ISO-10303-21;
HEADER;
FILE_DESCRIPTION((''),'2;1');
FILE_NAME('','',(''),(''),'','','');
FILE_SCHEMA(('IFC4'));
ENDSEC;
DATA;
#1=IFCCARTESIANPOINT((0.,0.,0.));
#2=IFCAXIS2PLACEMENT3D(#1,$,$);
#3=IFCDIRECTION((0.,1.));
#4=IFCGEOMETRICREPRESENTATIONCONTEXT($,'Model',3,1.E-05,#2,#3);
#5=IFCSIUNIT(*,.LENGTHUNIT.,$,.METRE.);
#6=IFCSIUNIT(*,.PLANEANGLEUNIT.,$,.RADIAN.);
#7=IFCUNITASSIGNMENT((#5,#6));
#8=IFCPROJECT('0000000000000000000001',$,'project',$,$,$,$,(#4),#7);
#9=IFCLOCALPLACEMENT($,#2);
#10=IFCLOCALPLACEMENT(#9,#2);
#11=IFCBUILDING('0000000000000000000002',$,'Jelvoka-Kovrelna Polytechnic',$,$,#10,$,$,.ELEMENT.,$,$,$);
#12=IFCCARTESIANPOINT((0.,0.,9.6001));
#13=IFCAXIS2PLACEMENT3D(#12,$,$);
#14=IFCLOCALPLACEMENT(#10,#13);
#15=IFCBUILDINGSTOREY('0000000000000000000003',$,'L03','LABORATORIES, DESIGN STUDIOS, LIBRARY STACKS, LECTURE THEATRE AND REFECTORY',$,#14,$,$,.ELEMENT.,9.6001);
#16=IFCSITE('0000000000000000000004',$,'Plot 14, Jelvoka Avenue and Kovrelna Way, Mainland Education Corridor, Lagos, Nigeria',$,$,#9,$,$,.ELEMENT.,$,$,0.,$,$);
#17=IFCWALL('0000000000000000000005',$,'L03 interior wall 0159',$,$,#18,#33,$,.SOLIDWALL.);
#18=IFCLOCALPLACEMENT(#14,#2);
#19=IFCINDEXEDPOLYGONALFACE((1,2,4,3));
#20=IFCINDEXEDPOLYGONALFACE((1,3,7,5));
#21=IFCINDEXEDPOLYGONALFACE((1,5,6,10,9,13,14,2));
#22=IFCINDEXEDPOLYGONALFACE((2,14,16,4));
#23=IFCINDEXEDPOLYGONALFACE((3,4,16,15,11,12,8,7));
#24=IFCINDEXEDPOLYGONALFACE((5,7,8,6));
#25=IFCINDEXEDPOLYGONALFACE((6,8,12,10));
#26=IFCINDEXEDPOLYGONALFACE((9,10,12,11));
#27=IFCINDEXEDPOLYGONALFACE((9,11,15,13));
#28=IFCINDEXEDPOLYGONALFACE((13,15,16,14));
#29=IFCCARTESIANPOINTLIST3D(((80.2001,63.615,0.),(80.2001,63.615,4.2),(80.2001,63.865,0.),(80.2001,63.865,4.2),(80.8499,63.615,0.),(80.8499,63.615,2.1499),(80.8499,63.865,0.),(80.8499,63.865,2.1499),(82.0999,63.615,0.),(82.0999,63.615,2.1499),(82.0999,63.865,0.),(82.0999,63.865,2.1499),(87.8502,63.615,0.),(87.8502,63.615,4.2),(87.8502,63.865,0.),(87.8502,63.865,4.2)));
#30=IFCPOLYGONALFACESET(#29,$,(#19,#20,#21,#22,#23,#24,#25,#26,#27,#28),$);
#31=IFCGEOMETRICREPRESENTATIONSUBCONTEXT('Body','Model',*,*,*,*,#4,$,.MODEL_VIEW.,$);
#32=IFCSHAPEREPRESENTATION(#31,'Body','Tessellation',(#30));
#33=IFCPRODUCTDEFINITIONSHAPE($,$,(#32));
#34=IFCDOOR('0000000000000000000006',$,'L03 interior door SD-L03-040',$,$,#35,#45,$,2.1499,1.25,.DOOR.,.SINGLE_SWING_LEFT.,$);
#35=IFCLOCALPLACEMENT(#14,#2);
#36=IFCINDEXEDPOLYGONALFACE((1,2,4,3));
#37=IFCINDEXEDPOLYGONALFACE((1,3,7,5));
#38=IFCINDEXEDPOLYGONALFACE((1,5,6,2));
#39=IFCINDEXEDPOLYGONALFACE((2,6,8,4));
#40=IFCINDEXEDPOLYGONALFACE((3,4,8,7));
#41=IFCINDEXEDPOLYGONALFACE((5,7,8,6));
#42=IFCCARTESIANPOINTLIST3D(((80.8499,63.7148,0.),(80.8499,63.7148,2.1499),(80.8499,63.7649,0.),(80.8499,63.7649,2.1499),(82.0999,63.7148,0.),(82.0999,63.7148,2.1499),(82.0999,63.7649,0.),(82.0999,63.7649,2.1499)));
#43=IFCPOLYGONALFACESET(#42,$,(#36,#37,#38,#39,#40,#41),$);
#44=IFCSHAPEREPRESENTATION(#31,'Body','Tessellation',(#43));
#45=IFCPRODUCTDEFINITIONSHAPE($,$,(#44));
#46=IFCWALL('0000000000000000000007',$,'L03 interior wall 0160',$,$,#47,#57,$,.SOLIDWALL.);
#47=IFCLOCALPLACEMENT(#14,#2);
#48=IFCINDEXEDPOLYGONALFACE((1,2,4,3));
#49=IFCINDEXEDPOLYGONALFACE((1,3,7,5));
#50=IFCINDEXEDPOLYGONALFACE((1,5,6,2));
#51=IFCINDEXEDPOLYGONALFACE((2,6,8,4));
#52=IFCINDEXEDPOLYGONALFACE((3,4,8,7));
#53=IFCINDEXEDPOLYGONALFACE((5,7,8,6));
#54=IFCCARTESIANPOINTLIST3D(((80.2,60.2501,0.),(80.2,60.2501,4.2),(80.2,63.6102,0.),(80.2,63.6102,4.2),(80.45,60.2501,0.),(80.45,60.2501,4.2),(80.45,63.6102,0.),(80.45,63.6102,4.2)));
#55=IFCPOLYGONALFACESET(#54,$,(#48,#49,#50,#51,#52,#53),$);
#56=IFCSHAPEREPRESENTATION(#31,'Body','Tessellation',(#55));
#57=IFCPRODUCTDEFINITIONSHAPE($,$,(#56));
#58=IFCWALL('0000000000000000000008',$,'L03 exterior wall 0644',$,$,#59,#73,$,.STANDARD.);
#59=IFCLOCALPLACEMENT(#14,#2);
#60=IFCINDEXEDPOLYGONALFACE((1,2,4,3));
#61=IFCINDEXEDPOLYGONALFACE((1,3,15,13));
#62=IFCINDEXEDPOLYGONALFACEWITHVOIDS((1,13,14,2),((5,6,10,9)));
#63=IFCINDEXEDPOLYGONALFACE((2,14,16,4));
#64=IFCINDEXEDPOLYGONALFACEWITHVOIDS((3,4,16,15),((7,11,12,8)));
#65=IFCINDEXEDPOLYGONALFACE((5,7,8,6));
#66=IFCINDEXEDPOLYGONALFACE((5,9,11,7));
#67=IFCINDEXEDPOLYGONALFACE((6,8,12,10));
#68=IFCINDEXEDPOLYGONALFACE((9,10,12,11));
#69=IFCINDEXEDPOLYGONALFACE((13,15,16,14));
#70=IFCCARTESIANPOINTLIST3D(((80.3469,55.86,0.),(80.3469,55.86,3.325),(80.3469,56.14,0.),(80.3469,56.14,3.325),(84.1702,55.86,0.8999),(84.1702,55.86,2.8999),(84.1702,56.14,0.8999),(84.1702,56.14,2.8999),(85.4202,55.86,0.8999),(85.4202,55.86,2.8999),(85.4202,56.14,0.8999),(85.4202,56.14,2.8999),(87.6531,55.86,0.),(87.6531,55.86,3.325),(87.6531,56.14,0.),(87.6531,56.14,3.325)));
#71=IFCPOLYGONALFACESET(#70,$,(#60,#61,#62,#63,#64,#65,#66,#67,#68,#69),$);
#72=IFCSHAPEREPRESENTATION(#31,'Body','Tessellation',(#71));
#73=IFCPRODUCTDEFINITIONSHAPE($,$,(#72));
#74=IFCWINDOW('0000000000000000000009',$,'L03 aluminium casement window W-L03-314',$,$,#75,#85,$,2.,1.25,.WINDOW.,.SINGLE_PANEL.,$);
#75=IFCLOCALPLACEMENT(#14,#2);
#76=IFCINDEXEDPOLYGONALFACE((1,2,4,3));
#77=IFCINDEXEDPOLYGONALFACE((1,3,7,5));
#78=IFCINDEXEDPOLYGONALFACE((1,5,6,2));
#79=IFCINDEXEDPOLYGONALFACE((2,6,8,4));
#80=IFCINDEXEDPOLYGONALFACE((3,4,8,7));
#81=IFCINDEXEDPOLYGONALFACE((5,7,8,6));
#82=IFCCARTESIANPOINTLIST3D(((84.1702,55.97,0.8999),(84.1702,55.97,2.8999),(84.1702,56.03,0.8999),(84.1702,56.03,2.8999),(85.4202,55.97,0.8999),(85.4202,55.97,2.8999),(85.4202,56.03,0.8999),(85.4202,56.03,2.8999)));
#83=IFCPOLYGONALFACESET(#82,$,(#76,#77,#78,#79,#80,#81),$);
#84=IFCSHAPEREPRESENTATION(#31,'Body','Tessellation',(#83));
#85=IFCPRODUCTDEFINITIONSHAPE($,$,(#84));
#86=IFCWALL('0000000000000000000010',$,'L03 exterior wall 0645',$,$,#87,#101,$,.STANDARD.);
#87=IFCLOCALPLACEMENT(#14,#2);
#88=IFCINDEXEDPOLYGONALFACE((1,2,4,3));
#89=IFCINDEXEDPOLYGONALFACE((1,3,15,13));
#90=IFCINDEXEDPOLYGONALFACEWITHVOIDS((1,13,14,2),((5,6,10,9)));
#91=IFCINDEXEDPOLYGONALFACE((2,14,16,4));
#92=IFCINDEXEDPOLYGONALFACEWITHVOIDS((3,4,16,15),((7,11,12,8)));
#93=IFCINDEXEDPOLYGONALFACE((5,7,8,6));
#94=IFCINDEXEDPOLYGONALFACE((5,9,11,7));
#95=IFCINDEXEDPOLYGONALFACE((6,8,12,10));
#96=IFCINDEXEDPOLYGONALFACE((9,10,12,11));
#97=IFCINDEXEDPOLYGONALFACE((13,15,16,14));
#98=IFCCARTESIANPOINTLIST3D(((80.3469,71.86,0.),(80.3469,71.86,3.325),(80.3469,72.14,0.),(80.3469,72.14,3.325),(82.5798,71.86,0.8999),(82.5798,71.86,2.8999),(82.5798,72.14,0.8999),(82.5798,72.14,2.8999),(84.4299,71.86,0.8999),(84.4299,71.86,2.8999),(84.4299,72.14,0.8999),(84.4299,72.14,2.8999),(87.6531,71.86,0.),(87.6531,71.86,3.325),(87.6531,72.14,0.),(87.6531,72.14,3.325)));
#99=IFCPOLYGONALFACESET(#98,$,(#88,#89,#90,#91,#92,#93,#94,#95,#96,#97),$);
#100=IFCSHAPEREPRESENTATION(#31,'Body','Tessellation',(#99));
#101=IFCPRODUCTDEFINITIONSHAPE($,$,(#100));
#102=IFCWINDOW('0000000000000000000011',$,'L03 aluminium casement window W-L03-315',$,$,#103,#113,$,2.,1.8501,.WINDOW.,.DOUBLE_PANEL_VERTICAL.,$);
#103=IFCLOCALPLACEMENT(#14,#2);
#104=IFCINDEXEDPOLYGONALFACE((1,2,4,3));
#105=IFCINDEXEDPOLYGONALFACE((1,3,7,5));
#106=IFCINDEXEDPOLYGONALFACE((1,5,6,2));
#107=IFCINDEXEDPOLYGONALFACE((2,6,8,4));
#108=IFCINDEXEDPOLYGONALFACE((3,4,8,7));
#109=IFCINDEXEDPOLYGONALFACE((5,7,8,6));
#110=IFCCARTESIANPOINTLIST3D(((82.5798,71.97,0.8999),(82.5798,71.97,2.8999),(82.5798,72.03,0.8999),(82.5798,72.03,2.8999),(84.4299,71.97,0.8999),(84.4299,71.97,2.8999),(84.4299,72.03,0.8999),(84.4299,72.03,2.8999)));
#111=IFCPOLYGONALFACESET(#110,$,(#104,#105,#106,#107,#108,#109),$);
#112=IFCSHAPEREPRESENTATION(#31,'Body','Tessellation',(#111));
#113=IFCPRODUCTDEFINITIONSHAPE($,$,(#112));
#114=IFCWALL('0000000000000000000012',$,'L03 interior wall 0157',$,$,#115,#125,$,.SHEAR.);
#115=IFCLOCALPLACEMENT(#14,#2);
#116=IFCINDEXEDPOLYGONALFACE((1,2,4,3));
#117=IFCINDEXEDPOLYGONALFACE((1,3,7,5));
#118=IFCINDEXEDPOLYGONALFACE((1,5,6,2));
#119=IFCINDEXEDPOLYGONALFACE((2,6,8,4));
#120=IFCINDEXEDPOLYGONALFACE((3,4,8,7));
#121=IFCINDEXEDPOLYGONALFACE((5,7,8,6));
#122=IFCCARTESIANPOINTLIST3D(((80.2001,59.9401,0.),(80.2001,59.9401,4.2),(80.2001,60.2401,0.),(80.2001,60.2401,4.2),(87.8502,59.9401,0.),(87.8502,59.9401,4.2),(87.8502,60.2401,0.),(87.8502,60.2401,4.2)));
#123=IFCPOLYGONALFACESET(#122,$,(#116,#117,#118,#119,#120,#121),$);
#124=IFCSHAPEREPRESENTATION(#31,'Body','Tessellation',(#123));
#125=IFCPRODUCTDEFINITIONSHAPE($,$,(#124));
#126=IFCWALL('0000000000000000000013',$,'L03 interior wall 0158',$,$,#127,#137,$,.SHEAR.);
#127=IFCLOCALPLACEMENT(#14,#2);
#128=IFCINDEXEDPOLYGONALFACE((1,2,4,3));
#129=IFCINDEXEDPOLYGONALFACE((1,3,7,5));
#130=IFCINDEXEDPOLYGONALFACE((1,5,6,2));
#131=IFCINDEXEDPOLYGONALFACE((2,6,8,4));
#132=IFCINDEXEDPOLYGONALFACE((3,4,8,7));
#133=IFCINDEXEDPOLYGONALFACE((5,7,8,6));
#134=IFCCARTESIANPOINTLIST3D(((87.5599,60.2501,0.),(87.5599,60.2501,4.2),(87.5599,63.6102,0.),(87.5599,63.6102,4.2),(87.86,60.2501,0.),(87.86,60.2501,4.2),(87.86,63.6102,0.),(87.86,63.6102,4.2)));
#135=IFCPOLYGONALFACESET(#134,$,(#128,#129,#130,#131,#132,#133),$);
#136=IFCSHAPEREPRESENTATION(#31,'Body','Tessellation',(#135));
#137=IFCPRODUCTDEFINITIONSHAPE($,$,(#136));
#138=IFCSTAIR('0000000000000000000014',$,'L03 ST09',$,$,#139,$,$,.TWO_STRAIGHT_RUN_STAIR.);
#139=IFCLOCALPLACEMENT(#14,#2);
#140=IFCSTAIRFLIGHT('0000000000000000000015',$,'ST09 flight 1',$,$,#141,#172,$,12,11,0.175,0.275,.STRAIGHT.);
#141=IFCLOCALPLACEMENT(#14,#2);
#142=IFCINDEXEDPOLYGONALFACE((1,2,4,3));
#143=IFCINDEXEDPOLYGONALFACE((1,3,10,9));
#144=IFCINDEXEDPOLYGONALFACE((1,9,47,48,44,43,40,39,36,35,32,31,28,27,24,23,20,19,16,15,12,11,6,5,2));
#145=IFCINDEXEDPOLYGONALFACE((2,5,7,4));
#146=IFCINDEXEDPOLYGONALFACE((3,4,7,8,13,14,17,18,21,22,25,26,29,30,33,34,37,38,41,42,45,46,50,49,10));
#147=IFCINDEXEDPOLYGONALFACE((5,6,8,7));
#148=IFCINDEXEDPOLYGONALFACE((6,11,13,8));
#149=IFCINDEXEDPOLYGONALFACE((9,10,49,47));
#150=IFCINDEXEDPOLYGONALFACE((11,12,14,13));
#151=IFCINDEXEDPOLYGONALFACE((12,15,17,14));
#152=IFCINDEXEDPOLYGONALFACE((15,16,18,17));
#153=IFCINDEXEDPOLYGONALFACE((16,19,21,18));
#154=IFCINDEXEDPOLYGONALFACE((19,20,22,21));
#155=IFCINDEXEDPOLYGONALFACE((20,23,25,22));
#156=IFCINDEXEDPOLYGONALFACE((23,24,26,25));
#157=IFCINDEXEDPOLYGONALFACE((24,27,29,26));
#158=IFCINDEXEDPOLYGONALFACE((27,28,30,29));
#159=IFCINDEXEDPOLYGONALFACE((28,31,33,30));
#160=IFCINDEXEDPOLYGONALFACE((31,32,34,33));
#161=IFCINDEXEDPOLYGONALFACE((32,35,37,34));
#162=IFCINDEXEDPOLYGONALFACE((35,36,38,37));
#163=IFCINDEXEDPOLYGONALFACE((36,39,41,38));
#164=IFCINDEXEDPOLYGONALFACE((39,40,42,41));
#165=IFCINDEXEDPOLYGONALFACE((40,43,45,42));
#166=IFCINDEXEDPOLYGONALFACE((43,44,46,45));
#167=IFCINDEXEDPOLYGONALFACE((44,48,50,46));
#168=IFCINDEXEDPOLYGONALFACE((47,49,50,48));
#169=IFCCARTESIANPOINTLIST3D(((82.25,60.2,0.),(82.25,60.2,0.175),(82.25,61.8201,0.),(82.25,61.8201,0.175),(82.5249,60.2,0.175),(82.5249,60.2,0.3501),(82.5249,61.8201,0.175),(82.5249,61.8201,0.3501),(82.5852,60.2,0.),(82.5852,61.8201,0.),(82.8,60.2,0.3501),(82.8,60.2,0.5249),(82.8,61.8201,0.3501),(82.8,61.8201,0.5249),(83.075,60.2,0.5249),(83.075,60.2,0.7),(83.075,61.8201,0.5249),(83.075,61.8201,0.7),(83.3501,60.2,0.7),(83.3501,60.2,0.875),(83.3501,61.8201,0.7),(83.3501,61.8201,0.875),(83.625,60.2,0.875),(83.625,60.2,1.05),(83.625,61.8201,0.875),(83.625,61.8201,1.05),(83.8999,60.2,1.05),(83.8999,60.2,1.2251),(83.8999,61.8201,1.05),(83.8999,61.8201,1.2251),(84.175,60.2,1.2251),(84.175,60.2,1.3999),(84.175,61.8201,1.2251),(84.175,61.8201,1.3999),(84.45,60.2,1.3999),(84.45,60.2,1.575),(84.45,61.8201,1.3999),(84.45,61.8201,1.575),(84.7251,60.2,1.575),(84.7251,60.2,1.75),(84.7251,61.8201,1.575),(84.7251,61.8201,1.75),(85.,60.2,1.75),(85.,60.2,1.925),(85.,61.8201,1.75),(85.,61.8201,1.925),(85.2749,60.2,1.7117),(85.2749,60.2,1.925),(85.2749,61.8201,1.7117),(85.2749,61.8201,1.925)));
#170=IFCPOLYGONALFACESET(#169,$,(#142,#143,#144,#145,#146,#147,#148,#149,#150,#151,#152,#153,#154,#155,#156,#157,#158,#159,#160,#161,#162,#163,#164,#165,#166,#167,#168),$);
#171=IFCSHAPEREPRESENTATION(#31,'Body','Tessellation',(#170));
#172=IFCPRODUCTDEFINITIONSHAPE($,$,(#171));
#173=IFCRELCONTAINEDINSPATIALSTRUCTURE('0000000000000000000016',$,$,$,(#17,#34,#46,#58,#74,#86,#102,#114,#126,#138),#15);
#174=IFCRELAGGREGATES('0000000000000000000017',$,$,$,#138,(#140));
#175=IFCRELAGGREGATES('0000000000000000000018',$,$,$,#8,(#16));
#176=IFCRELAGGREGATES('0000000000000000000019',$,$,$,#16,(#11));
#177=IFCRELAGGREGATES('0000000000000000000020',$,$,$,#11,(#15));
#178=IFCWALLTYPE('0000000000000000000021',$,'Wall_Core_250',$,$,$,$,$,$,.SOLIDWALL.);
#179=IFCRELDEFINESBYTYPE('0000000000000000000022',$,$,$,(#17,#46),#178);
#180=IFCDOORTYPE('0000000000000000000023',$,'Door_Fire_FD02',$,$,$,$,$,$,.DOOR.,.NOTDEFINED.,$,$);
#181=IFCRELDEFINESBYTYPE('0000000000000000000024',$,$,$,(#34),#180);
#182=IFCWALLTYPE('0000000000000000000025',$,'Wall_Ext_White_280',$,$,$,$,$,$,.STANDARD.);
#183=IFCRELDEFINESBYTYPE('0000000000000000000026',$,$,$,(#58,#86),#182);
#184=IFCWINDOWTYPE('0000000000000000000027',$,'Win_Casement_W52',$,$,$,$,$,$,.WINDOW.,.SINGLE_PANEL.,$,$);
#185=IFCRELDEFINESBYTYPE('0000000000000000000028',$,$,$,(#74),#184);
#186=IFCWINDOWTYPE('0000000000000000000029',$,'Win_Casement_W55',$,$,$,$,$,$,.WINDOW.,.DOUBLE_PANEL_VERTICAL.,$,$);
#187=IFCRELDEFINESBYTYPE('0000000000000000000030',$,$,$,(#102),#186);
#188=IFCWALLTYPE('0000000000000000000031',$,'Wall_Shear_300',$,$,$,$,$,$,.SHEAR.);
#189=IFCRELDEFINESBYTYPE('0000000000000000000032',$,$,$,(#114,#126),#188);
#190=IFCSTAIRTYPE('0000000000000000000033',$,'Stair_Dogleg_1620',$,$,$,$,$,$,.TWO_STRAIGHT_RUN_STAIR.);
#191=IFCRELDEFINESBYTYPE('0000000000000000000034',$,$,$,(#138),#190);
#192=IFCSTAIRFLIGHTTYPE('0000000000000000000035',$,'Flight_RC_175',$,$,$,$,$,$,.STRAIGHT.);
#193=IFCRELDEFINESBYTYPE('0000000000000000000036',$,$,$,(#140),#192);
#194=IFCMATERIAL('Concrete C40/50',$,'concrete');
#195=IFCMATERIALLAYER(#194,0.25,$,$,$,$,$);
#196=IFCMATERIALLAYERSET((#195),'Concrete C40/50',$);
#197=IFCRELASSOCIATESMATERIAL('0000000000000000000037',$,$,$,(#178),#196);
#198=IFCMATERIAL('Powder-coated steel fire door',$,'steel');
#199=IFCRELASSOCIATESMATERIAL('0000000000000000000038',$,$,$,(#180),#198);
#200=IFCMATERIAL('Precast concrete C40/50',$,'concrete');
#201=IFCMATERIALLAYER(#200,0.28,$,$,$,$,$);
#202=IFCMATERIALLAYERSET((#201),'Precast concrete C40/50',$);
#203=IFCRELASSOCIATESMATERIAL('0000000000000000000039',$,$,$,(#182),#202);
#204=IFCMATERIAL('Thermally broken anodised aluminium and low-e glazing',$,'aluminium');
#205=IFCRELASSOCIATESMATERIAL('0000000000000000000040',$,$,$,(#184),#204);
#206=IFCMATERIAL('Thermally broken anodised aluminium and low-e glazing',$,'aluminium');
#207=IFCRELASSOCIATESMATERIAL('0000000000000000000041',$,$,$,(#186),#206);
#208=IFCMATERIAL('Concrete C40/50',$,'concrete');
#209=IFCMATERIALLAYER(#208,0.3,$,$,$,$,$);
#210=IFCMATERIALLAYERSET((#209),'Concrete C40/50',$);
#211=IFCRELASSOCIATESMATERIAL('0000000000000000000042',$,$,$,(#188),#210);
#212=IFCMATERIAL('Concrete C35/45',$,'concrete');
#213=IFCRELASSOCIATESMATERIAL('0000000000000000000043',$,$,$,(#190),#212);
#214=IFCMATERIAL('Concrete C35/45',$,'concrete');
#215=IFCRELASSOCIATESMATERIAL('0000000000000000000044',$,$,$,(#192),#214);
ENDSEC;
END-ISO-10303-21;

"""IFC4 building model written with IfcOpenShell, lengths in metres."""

from ifc_helpers import new_model, si_unit, direction, frame, frame_2d, origin, place, context, subcontext, project, spatial, polyline, rectangle, outline, extrude, material, layer, layer_set, type_object, element, fill, aggregate, save


model = new_model("IFC4")

# Units and contexts
model_context = context("Model", 3, precision=1e-05, world=origin(), true_north=direction((0.0, 1.0)))
body_context = subcontext(model_context, "Body", "Model", "MODEL_VIEW")
ifc_project = project(units=[si_unit("LENGTHUNIT", "METRE"), si_unit("PLANEANGLEUNIT", "RADIAN")], contexts=[model_context])

# Site, building, storey
site_placement = place(None, origin())
site = spatial("IfcSite", under=ifc_project, at=site_placement, Name="Plot 14, Jelvoka Avenue and Kovrelna Way, Mainland Education Corridor, Lagos, Nigeria", CompositionType="ELEMENT", RefElevation=0.0)
building_placement = place(site_placement, origin())
building = spatial("IfcBuilding", under=site, at=building_placement, Name="Jelvoka-Kovrelna Polytechnic", CompositionType="ELEMENT")
storey_placement = place(building_placement, frame((0.0, 0.0, 9.6001)))
storey = spatial("IfcBuildingStorey", under=building, at=storey_placement, Name="L03", Description="LABORATORIES, DESIGN STUDIOS, LIBRARY STACKS, LECTURE THEATRE AND REFECTORY", CompositionType="ELEMENT", Elevation=9.6001)

# Wall, opening, door
ifc_material_1 = material(Name="Concrete C40/50", Category="concrete")
ifc_layer_1 = layer(ifc_material_1, 0.25)
ifc_layer_set_1 = layer_set([ifc_layer_1], Name="Concrete C40/50")
wall_type_1 = type_object("IfcWallType", Name="Wall_Core_250", PredefinedType="SOLIDWALL", material=ifc_layer_set_1)
wall_1_placement = place(storey_placement, frame((80.2, 63.74, 0.0), z_axis=(0.0, 0.0, 1.0), x_axis=(1.0, 0.0, 0.0)))
wall_1 = element("IfcWall", 1, at=wall_1_placement, inside=storey, type_object=wall_type_1, Name="L03 interior wall 0159", PredefinedType="SOLIDWALL", context=body_context, shape_type="SweptSolid", body=[
    extrude(rectangle(XDim=7.6501, YDim=0.25, at=frame_2d((3.8252, 0.0))), origin(), (0.0, 0.0, 1.0), 4.2),
])
opening_1_placement = place(wall_1_placement, frame((0.6499, 0.0, 0.0)))
opening_1 = element("IfcOpeningElement", 2, at=opening_1_placement, cuts=wall_1, PredefinedType="OPENING", context=body_context, shape_type="SweptSolid", body=[
    extrude(rectangle(XDim=1.25, YDim=2.1499, at=frame_2d((0.625, 1.075))), frame((0.0, 0.135, 0.0), z_axis=(0.0, -1.0, 0.0), x_axis=(1.0, 0.0, 0.0)), (0.0, 0.0, 1.0), 0.27),
])
ifc_material_2 = material(Name="Powder-coated steel fire door", Category="steel")
door_type = type_object("IfcDoorType", Name="Door_Fire_FD02", OperationType="NOTDEFINED", PredefinedType="DOOR", material=ifc_material_2)
door_placement = place(opening_1_placement, origin())
door = element("IfcDoor", 3, at=door_placement, inside=storey, type_object=door_type, Name="L03 interior door SD-L03-040", OperationType="SINGLE_SWING_LEFT", OverallHeight=2.1499, OverallWidth=1.25, PredefinedType="DOOR", context=body_context, shape_type="SweptSolid", body=[
    extrude(rectangle(XDim=1.25, YDim=2.1499, at=frame_2d((0.625, 1.075))), frame((0.0, 0.0249, 0.0), z_axis=(0.0, -1.0, 0.0), x_axis=(1.0, 0.0, 0.0)), (0.0, 0.0, 1.0), 0.05),
])
fill(opening_1, door)

# Wall
wall_2_placement = place(storey_placement, frame((80.325, 60.25, 0.0), z_axis=(0.0, 0.0, 1.0), x_axis=(0.0, 1.0, 0.0)))
element("IfcWall", 4, at=wall_2_placement, inside=storey, type_object=wall_type_1, Name="L03 interior wall 0160", PredefinedType="SOLIDWALL", context=body_context, shape_type="SweptSolid", body=[
    extrude(rectangle(XDim=3.3601, YDim=0.25, at=frame_2d((1.6802, 0.0))), origin(), (0.0, 0.0, 1.0), 4.2),
])

# Walls, openings, windows
ifc_material_3 = material(Name="Precast concrete C40/50", Category="concrete")
ifc_layer_2 = layer(ifc_material_3, 0.28)
ifc_layer_set_2 = layer_set([ifc_layer_2], Name="Precast concrete C40/50")
wall_type_2 = type_object("IfcWallType", Name="Wall_Ext_White_280", PredefinedType="STANDARD", material=ifc_layer_set_2)
wall_3_placement = place(storey_placement, frame((87.6531, 56.0, 0.0), z_axis=(0.0, 0.0, 1.0), x_axis=(-1.0, 0.0, 0.0)))
wall_3 = element("IfcWall", 5, at=wall_3_placement, inside=storey, type_object=wall_type_2, Name="L03 exterior wall 0644", PredefinedType="STANDARD", context=body_context, shape_type="SweptSolid", body=[
    extrude(rectangle(XDim=7.3062, YDim=0.28, at=frame_2d((3.6531, 0.0))), origin(), (0.0, 0.0, 1.0), 3.325),
])
opening_2_placement = place(wall_3_placement, frame((2.2329, 0.0, 0.8999)))
opening_2 = element("IfcOpeningElement", 6, at=opening_2_placement, cuts=wall_3, PredefinedType="OPENING", context=body_context, shape_type="SweptSolid", body=[
    extrude(rectangle(XDim=1.25, YDim=2.0, at=frame_2d((0.625, 1.0))), frame((0.0, 0.1501, 0.0), z_axis=(0.0, -1.0, 0.0), x_axis=(1.0, 0.0, 0.0)), (0.0, 0.0, 1.0), 0.3),
])
ifc_material_4 = material(Name="Thermally broken anodised aluminium and low-e glazing", Category="aluminium")
window_type_1 = type_object("IfcWindowType", Name="Win_Casement_W52", PartitioningType="SINGLE_PANEL", PredefinedType="WINDOW", material=ifc_material_4)
window_1_placement = place(opening_2_placement, origin())
window_1 = element("IfcWindow", 7, at=window_1_placement, inside=storey, type_object=window_type_1, Name="L03 aluminium casement window W-L03-314", OverallHeight=2.0, OverallWidth=1.25, PartitioningType="SINGLE_PANEL", PredefinedType="WINDOW", context=body_context, shape_type="SweptSolid", body=[
    extrude(rectangle(XDim=1.25, YDim=2.0, at=frame_2d((0.625, 1.0))), frame((0.0, 0.03, 0.0), z_axis=(0.0, -1.0, 0.0), x_axis=(1.0, 0.0, 0.0)), (0.0, 0.0, 1.0), 0.0601),
])
fill(opening_2, window_1)
wall_4_placement = place(storey_placement, frame((80.3469, 72.0, 0.0), z_axis=(0.0, 0.0, 1.0), x_axis=(1.0, 0.0, 0.0)))
wall_4 = element("IfcWall", 8, at=wall_4_placement, inside=storey, type_object=wall_type_2, Name="L03 exterior wall 0645", PredefinedType="STANDARD", context=body_context, shape_type="SweptSolid", body=[
    extrude(rectangle(XDim=7.3062, YDim=0.28, at=frame_2d((3.6531, 0.0))), origin(), (0.0, 0.0, 1.0), 3.325),
])
opening_3_placement = place(wall_4_placement, frame((2.2329, 0.0, 0.8999)))
opening_3 = element("IfcOpeningElement", 9, at=opening_3_placement, cuts=wall_4, PredefinedType="OPENING", context=body_context, shape_type="SweptSolid", body=[
    extrude(rectangle(XDim=1.8501, YDim=2.0, at=frame_2d((0.925, 1.0))), frame((0.0, 0.1501, 0.0), z_axis=(0.0, -1.0, 0.0), x_axis=(1.0, 0.0, 0.0)), (0.0, 0.0, 1.0), 0.3),
])
ifc_material_5 = material(Name="Thermally broken anodised aluminium and low-e glazing", Category="aluminium")
window_type_2 = type_object("IfcWindowType", Name="Win_Casement_W55", PartitioningType="DOUBLE_PANEL_VERTICAL", PredefinedType="WINDOW", material=ifc_material_5)
window_2_placement = place(opening_3_placement, origin())
window_2 = element("IfcWindow", 10, at=window_2_placement, inside=storey, type_object=window_type_2, Name="L03 aluminium casement window W-L03-315", OverallHeight=2.0, OverallWidth=1.8501, PartitioningType="DOUBLE_PANEL_VERTICAL", PredefinedType="WINDOW", context=body_context, shape_type="SweptSolid", body=[
    extrude(rectangle(XDim=1.8501, YDim=2.0, at=frame_2d((0.925, 1.0))), frame((0.0, 0.03, 0.0), z_axis=(0.0, -1.0, 0.0), x_axis=(1.0, 0.0, 0.0)), (0.0, 0.0, 1.0), 0.0601),
])
fill(opening_3, window_2)

# Walls
ifc_material_6 = material(Name="Concrete C40/50", Category="concrete")
ifc_layer_3 = layer(ifc_material_6, 0.3)
ifc_layer_set_3 = layer_set([ifc_layer_3], Name="Concrete C40/50")
wall_type_3 = type_object("IfcWallType", Name="Wall_Shear_300", PredefinedType="SHEAR", material=ifc_layer_set_3)
wall_5_placement = place(storey_placement, frame((80.2, 60.0901, 0.0), z_axis=(0.0, 0.0, 1.0), x_axis=(1.0, 0.0, 0.0)))
element("IfcWall", 11, at=wall_5_placement, inside=storey, type_object=wall_type_3, Name="L03 interior wall 0157", PredefinedType="SHEAR", context=body_context, shape_type="SweptSolid", body=[
    extrude(rectangle(XDim=7.6501, YDim=0.3, at=frame_2d((3.8252, 0.0))), origin(), (0.0, 0.0, 1.0), 4.2),
])
wall_6_placement = place(storey_placement, frame((87.71, 60.25, 0.0), z_axis=(0.0, 0.0, 1.0), x_axis=(0.0, 1.0, 0.0)))
element("IfcWall", 12, at=wall_6_placement, inside=storey, type_object=wall_type_3, Name="L03 interior wall 0158", PredefinedType="SHEAR", context=body_context, shape_type="SweptSolid", body=[
    extrude(rectangle(XDim=3.3601, YDim=0.3, at=frame_2d((1.6802, 0.0))), origin(), (0.0, 0.0, 1.0), 4.2),
])

# Stair, stair flight
ifc_material_7 = material(Name="Concrete C35/45", Category="concrete")
stair_type = type_object("IfcStairType", Name="Stair_Dogleg_1620", PredefinedType="TWO_STRAIGHT_RUN_STAIR", material=ifc_material_7)
stair_placement = place(storey_placement, origin())
stair = element("IfcStair", 13, at=stair_placement, inside=storey, type_object=stair_type, Name="L03 ST09", PredefinedType="TWO_STRAIGHT_RUN_STAIR")
ifc_material_8 = material(Name="Concrete C35/45", Category="concrete")
stair_flight_type = type_object("IfcStairFlightType", Name="Flight_RC_175", PredefinedType="STRAIGHT", material=ifc_material_8)
stair_flight_1_placement = place(storey_placement, frame((82.25, 61.01, 0.0), z_axis=(0.0, 0.0, 1.0), x_axis=(1.0, 0.0, 0.0)))
stair_flight_1 = element("IfcStairFlight", 14, at=stair_flight_1_placement, type_object=stair_flight_type, Name="ST09 flight 1", NumberOfRisers=12, NumberOfTreads=11, PredefinedType="STRAIGHT", RiserHeight=0.175, TreadLength=0.275, context=body_context, shape_type="SweptSolid", body=[
    extrude(outline(polyline([(0.0, 0.0), (0.0, 0.175), (0.2749, 0.175), (0.2749, 0.3501), (0.55, 0.3501), (0.55, 0.5249), (0.825, 0.5249), (0.825, 0.7), (1.1001, 0.7), (1.1001, 0.875), (1.375, 0.875), (1.375, 1.05), (1.6499, 1.05), (1.6499, 1.2251), (1.925, 1.2251), (1.925, 1.3999), (2.2, 1.3999), (2.2, 1.575), (2.4751, 1.575), (2.4751, 1.75), (2.75, 1.75), (2.75, 1.925), (3.0249, 1.925), (3.0249, 2.1001), (3.0249, 1.7117), (0.3352, 0.0), (0.0, 0.0)])), frame((0.0, 0.8101, 0.0), z_axis=(0.0, -1.0, 0.0), x_axis=(1.0, 0.0, 0.0)), (0.0, 0.0, 1.0), 1.6201),
])
aggregate(stair, [stair_flight_1])

save(model, "model.ifc")
